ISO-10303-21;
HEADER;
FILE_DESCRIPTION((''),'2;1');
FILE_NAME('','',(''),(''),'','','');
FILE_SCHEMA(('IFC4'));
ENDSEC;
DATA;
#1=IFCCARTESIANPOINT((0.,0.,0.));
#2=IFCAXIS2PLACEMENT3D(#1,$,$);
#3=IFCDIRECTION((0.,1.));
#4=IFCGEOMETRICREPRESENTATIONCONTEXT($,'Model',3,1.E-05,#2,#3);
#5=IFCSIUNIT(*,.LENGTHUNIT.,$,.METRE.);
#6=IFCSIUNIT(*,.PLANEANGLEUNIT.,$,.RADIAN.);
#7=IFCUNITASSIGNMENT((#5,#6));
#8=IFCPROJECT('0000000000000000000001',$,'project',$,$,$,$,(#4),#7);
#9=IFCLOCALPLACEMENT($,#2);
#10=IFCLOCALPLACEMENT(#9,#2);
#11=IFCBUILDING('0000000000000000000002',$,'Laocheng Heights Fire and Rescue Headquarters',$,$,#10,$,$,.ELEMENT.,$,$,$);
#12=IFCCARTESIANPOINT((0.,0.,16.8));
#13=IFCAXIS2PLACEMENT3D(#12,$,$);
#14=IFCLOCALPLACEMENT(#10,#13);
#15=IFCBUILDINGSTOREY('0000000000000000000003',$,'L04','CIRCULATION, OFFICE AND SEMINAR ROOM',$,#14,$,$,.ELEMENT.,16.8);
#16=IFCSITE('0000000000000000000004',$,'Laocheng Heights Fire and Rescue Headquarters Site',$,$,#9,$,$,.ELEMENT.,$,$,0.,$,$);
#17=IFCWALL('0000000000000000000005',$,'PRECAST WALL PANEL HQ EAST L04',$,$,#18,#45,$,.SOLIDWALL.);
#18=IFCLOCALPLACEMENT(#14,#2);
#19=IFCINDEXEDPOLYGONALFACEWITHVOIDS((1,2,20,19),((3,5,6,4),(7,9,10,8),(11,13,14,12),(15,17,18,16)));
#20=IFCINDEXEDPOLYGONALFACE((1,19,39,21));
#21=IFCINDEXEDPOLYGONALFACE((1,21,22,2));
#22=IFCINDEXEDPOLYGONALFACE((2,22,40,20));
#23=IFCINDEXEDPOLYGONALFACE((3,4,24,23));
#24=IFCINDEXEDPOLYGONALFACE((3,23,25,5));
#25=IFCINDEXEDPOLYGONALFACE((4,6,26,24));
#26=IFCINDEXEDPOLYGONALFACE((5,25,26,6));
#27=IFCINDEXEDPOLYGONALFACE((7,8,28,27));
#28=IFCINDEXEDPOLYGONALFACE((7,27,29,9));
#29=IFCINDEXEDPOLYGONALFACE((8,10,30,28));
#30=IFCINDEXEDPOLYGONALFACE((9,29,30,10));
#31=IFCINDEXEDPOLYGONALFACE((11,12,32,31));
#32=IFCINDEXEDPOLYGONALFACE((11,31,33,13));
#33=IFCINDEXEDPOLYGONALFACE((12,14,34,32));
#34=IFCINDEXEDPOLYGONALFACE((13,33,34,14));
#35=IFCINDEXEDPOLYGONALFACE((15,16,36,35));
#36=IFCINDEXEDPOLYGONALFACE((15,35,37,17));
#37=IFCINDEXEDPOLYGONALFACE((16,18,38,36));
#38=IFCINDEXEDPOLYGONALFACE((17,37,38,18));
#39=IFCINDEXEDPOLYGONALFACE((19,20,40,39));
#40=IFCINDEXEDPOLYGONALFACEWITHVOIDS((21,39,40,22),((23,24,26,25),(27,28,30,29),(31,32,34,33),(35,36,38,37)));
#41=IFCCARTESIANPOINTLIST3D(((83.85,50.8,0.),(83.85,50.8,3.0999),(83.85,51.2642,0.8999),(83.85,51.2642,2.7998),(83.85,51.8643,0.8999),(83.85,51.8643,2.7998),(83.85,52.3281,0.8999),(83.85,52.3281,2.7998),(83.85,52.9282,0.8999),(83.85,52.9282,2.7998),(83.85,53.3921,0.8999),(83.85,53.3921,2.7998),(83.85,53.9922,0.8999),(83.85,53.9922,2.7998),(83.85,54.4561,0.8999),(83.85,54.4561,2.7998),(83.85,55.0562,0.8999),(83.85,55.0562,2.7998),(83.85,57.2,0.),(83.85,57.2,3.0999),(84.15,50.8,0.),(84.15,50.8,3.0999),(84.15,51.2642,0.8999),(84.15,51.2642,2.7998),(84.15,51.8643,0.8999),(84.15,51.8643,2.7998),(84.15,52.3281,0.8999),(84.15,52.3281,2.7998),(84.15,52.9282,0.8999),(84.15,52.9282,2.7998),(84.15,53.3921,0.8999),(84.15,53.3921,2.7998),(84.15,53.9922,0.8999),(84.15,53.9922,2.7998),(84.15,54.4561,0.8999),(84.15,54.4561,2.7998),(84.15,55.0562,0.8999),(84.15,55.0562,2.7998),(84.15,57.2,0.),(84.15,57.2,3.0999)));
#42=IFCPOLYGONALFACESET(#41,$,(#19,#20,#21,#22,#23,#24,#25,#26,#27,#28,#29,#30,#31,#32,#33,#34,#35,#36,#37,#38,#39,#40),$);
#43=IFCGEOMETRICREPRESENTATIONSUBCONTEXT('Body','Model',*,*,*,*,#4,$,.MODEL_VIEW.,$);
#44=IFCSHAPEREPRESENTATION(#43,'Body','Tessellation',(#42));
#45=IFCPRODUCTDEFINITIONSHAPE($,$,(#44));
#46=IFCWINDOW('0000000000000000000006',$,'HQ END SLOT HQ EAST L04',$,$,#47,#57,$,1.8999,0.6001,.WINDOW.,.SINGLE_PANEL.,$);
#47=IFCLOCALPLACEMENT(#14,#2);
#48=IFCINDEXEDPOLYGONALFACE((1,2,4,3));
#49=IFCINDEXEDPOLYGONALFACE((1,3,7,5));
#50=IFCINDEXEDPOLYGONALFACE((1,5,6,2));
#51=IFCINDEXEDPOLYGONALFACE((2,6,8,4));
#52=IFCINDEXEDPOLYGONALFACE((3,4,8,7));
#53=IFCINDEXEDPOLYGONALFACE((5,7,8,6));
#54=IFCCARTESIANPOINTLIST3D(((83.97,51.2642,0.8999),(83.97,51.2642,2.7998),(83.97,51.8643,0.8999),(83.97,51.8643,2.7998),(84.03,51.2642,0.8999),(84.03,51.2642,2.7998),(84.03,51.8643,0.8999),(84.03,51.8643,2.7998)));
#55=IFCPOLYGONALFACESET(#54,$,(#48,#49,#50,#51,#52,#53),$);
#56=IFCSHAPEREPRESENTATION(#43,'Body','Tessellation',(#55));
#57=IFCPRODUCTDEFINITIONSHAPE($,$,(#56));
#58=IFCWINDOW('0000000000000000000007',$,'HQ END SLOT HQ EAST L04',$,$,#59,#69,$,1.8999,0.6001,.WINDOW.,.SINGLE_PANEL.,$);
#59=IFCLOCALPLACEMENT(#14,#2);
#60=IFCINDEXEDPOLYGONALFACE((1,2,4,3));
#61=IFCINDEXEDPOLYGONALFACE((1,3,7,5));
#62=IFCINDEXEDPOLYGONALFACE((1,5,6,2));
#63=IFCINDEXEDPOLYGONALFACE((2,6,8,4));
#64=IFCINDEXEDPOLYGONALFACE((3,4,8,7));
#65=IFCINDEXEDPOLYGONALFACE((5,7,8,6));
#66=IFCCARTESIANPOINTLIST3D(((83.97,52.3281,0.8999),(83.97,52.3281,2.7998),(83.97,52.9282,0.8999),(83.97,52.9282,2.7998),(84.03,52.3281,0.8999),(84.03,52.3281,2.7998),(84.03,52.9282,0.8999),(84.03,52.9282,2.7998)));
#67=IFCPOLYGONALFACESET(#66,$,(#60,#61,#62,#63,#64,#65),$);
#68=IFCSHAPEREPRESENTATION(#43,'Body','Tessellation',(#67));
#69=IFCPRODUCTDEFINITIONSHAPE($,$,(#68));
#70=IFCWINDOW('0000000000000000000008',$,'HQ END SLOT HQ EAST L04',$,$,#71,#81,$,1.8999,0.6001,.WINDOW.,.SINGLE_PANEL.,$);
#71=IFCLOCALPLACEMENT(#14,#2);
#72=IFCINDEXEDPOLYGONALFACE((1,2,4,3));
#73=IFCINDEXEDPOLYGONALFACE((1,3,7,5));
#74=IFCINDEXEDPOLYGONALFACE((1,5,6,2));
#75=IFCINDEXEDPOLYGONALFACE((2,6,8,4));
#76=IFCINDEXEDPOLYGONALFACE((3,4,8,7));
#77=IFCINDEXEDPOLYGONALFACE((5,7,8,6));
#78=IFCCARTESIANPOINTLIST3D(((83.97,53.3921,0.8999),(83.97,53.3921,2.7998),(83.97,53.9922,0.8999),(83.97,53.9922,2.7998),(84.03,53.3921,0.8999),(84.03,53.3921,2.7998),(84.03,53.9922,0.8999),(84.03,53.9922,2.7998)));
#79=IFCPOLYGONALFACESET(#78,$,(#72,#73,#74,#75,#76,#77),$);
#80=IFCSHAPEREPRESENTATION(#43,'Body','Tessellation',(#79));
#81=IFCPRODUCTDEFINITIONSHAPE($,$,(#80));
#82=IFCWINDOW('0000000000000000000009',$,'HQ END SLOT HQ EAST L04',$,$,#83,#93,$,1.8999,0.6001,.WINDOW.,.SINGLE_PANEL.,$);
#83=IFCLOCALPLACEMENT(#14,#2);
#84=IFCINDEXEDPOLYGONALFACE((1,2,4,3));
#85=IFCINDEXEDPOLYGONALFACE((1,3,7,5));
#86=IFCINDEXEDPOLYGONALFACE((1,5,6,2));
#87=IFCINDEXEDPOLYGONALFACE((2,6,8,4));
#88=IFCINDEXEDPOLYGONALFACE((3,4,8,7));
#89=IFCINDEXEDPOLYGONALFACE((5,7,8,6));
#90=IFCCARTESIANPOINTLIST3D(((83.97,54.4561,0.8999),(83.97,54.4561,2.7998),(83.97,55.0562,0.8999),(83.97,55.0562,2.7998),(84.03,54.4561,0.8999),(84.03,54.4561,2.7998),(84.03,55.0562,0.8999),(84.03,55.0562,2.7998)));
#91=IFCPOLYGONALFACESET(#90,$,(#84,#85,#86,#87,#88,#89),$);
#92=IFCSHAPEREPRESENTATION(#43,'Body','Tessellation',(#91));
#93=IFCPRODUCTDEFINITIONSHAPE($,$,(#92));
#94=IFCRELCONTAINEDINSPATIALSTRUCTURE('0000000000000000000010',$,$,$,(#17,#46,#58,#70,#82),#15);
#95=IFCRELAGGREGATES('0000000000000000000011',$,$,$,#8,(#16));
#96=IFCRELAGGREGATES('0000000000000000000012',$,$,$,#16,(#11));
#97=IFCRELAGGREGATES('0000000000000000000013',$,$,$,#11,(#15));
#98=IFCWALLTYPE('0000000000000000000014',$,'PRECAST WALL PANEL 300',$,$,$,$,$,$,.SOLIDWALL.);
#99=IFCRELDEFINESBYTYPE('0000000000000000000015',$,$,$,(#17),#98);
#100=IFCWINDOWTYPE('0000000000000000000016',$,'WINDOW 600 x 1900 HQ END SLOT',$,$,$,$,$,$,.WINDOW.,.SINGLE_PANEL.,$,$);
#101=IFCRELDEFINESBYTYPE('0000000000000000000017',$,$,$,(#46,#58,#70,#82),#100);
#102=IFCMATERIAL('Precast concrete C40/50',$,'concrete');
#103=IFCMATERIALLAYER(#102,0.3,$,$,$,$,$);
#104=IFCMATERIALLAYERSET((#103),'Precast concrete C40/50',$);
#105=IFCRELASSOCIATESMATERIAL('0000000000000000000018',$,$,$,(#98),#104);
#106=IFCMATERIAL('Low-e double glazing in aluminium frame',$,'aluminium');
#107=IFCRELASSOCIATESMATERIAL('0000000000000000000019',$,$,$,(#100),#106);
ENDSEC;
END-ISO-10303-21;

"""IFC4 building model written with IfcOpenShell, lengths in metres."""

from ifc_helpers import new_model, si_unit, direction, frame, frame_2d, origin, place, context, subcontext, project, spatial, rectangle, extrude, material, layer, layer_set, type_object, element, fill, save


model = new_model("IFC4")

# Units and contexts
model_context = context("Model", 3, precision=1e-05, world=origin(), true_north=direction((0.0, 1.0)))
body_context = subcontext(model_context, "Body", "Model", "MODEL_VIEW")
ifc_project = project(units=[si_unit("LENGTHUNIT", "METRE"), si_unit("PLANEANGLEUNIT", "RADIAN")], contexts=[model_context])

# Site, building, storey
site_placement = place(None, origin())
site = spatial("IfcSite", under=ifc_project, at=site_placement, Name="Laocheng Heights Fire and Rescue Headquarters Site", CompositionType="ELEMENT", RefElevation=0.0)
building_placement = place(site_placement, origin())
building = spatial("IfcBuilding", under=site, at=building_placement, Name="Laocheng Heights Fire and Rescue Headquarters", CompositionType="ELEMENT")
storey_placement = place(building_placement, frame((0.0, 0.0, 16.8)))
storey = spatial("IfcBuildingStorey", under=building, at=storey_placement, Name="L04", Description="CIRCULATION, OFFICE AND SEMINAR ROOM", CompositionType="ELEMENT", Elevation=16.8)

# Wall, openings, windows
ifc_material_1 = material(Name="Precast concrete C40/50", Category="concrete")
ifc_layer_1 = layer(ifc_material_1, 0.3)
ifc_layer_set_1 = layer_set([ifc_layer_1], Name="Precast concrete C40/50")
wall_type_1 = type_object("IfcWallType", Name="PRECAST WALL PANEL 300", PredefinedType="SOLIDWALL", material=ifc_layer_set_1)
wall_1_placement = place(storey_placement, frame((84.0, 50.8, 0.0), z_axis=(0.0, 0.0, 1.0), x_axis=(0.0, 1.0, 0.0)))
wall_1 = element("IfcWall", 1, at=wall_1_placement, inside=storey, type_object=wall_type_1, Name="PRECAST WALL PANEL HQ EAST L04", PredefinedType="SOLIDWALL", context=body_context, shape_type="SweptSolid", body=[
    extrude(rectangle(XDim=6.3999, YDim=0.3, at=frame_2d((3.2, 0.0))), origin(), (0.0, 0.0, 1.0), 3.0999),
])
opening_1_placement = place(wall_1_placement, frame((0.4641, 0.0, 0.8999)))
opening_1 = element("IfcOpeningElement", 2, at=opening_1_placement, cuts=wall_1, PredefinedType="OPENING", context=body_context, shape_type="SweptSolid", body=[
    extrude(rectangle(XDim=0.6001, YDim=1.8999, at=frame_2d((0.3, 0.95))), frame((0.0, 0.1599, 0.0), z_axis=(0.0, -1.0, 0.0), x_axis=(1.0, 0.0, 0.0)), (0.0, 0.0, 1.0), 0.3201),
])
opening_2_placement = place(wall_1_placement, frame((1.5281, 0.0, 0.8999)))
opening_2 = element("IfcOpeningElement", 3, at=opening_2_placement, cuts=wall_1, PredefinedType="OPENING", context=body_context, shape_type="SweptSolid", body=[
    extrude(rectangle(XDim=0.6001, YDim=1.8999, at=frame_2d((0.3, 0.95))), frame((0.0, 0.1599, 0.0), z_axis=(0.0, -1.0, 0.0), x_axis=(1.0, 0.0, 0.0)), (0.0, 0.0, 1.0), 0.3201),
])
opening_3_placement = place(wall_1_placement, frame((2.592, 0.0, 0.8999)))
opening_3 = element("IfcOpeningElement", 4, at=opening_3_placement, cuts=wall_1, PredefinedType="OPENING", context=body_context, shape_type="SweptSolid", body=[
    extrude(rectangle(XDim=0.6001, YDim=1.8999, at=frame_2d((0.3, 0.95))), frame((0.0, 0.1599, 0.0), z_axis=(0.0, -1.0, 0.0), x_axis=(1.0, 0.0, 0.0)), (0.0, 0.0, 1.0), 0.3201),
])
opening_4_placement = place(wall_1_placement, frame((3.656, 0.0, 0.8999)))
opening_4 = element("IfcOpeningElement", 5, at=opening_4_placement, cuts=wall_1, PredefinedType="OPENING", context=body_context, shape_type="SweptSolid", body=[
    extrude(rectangle(XDim=0.6001, YDim=1.8999, at=frame_2d((0.3, 0.95))), frame((0.0, 0.1599, 0.0), z_axis=(0.0, -1.0, 0.0), x_axis=(1.0, 0.0, 0.0)), (0.0, 0.0, 1.0), 0.3201),
])
ifc_material_2 = material(Name="Low-e double glazing in aluminium frame", Category="aluminium")
window_type = type_object("IfcWindowType", Name="WINDOW 600 x 1900 HQ END SLOT", PartitioningType="SINGLE_PANEL", PredefinedType="WINDOW", material=ifc_material_2)
window_1_placement = place(opening_1_placement, origin())
window_1 = element("IfcWindow", 6, at=window_1_placement, inside=storey, type_object=window_type, Name="HQ END SLOT HQ EAST L04", OverallHeight=1.8999, OverallWidth=0.6001, PartitioningType="SINGLE_PANEL", PredefinedType="WINDOW", context=body_context, shape_type="SweptSolid", body=[
    extrude(rectangle(XDim=0.6001, YDim=1.8999, at=frame_2d((0.3, 0.95))), frame((0.0, 0.03, 0.0), z_axis=(0.0, -1.0, 0.0), x_axis=(1.0, 0.0, 0.0)), (0.0, 0.0, 1.0), 0.0601),
])
fill(opening_1, window_1)
window_2_placement = place(opening_2_placement, origin())
window_2 = element("IfcWindow", 7, at=window_2_placement, inside=storey, type_object=window_type, Name="HQ END SLOT HQ EAST L04", OverallHeight=1.8999, OverallWidth=0.6001, PartitioningType="SINGLE_PANEL", PredefinedType="WINDOW", context=body_context, shape_type="SweptSolid", body=[
    extrude(rectangle(XDim=0.6001, YDim=1.8999, at=frame_2d((0.3, 0.95))), frame((0.0, 0.03, 0.0), z_axis=(0.0, -1.0, 0.0), x_axis=(1.0, 0.0, 0.0)), (0.0, 0.0, 1.0), 0.0601),
])
fill(opening_2, window_2)
window_3_placement = place(opening_3_placement, origin())
window_3 = element("IfcWindow", 8, at=window_3_placement, inside=storey, type_object=window_type, Name="HQ END SLOT HQ EAST L04", OverallHeight=1.8999, OverallWidth=0.6001, PartitioningType="SINGLE_PANEL", PredefinedType="WINDOW", context=body_context, shape_type="SweptSolid", body=[
    extrude(rectangle(XDim=0.6001, YDim=1.8999, at=frame_2d((0.3, 0.95))), frame((0.0, 0.03, 0.0), z_axis=(0.0, -1.0, 0.0), x_axis=(1.0, 0.0, 0.0)), (0.0, 0.0, 1.0), 0.0601),
])
fill(opening_3, window_3)
window_4_placement = place(opening_4_placement, origin())
window_4 = element("IfcWindow", 9, at=window_4_placement, inside=storey, type_object=window_type, Name="HQ END SLOT HQ EAST L04", OverallHeight=1.8999, OverallWidth=0.6001, PartitioningType="SINGLE_PANEL", PredefinedType="WINDOW", context=body_context, shape_type="SweptSolid", body=[
    extrude(rectangle(XDim=0.6001, YDim=1.8999, at=frame_2d((0.3, 0.95))), frame((0.0, 0.03, 0.0), z_axis=(0.0, -1.0, 0.0), x_axis=(1.0, 0.0, 0.0)), (0.0, 0.0, 1.0), 0.0601),
])
fill(opening_4, window_4)

save(model, "model.ifc")
